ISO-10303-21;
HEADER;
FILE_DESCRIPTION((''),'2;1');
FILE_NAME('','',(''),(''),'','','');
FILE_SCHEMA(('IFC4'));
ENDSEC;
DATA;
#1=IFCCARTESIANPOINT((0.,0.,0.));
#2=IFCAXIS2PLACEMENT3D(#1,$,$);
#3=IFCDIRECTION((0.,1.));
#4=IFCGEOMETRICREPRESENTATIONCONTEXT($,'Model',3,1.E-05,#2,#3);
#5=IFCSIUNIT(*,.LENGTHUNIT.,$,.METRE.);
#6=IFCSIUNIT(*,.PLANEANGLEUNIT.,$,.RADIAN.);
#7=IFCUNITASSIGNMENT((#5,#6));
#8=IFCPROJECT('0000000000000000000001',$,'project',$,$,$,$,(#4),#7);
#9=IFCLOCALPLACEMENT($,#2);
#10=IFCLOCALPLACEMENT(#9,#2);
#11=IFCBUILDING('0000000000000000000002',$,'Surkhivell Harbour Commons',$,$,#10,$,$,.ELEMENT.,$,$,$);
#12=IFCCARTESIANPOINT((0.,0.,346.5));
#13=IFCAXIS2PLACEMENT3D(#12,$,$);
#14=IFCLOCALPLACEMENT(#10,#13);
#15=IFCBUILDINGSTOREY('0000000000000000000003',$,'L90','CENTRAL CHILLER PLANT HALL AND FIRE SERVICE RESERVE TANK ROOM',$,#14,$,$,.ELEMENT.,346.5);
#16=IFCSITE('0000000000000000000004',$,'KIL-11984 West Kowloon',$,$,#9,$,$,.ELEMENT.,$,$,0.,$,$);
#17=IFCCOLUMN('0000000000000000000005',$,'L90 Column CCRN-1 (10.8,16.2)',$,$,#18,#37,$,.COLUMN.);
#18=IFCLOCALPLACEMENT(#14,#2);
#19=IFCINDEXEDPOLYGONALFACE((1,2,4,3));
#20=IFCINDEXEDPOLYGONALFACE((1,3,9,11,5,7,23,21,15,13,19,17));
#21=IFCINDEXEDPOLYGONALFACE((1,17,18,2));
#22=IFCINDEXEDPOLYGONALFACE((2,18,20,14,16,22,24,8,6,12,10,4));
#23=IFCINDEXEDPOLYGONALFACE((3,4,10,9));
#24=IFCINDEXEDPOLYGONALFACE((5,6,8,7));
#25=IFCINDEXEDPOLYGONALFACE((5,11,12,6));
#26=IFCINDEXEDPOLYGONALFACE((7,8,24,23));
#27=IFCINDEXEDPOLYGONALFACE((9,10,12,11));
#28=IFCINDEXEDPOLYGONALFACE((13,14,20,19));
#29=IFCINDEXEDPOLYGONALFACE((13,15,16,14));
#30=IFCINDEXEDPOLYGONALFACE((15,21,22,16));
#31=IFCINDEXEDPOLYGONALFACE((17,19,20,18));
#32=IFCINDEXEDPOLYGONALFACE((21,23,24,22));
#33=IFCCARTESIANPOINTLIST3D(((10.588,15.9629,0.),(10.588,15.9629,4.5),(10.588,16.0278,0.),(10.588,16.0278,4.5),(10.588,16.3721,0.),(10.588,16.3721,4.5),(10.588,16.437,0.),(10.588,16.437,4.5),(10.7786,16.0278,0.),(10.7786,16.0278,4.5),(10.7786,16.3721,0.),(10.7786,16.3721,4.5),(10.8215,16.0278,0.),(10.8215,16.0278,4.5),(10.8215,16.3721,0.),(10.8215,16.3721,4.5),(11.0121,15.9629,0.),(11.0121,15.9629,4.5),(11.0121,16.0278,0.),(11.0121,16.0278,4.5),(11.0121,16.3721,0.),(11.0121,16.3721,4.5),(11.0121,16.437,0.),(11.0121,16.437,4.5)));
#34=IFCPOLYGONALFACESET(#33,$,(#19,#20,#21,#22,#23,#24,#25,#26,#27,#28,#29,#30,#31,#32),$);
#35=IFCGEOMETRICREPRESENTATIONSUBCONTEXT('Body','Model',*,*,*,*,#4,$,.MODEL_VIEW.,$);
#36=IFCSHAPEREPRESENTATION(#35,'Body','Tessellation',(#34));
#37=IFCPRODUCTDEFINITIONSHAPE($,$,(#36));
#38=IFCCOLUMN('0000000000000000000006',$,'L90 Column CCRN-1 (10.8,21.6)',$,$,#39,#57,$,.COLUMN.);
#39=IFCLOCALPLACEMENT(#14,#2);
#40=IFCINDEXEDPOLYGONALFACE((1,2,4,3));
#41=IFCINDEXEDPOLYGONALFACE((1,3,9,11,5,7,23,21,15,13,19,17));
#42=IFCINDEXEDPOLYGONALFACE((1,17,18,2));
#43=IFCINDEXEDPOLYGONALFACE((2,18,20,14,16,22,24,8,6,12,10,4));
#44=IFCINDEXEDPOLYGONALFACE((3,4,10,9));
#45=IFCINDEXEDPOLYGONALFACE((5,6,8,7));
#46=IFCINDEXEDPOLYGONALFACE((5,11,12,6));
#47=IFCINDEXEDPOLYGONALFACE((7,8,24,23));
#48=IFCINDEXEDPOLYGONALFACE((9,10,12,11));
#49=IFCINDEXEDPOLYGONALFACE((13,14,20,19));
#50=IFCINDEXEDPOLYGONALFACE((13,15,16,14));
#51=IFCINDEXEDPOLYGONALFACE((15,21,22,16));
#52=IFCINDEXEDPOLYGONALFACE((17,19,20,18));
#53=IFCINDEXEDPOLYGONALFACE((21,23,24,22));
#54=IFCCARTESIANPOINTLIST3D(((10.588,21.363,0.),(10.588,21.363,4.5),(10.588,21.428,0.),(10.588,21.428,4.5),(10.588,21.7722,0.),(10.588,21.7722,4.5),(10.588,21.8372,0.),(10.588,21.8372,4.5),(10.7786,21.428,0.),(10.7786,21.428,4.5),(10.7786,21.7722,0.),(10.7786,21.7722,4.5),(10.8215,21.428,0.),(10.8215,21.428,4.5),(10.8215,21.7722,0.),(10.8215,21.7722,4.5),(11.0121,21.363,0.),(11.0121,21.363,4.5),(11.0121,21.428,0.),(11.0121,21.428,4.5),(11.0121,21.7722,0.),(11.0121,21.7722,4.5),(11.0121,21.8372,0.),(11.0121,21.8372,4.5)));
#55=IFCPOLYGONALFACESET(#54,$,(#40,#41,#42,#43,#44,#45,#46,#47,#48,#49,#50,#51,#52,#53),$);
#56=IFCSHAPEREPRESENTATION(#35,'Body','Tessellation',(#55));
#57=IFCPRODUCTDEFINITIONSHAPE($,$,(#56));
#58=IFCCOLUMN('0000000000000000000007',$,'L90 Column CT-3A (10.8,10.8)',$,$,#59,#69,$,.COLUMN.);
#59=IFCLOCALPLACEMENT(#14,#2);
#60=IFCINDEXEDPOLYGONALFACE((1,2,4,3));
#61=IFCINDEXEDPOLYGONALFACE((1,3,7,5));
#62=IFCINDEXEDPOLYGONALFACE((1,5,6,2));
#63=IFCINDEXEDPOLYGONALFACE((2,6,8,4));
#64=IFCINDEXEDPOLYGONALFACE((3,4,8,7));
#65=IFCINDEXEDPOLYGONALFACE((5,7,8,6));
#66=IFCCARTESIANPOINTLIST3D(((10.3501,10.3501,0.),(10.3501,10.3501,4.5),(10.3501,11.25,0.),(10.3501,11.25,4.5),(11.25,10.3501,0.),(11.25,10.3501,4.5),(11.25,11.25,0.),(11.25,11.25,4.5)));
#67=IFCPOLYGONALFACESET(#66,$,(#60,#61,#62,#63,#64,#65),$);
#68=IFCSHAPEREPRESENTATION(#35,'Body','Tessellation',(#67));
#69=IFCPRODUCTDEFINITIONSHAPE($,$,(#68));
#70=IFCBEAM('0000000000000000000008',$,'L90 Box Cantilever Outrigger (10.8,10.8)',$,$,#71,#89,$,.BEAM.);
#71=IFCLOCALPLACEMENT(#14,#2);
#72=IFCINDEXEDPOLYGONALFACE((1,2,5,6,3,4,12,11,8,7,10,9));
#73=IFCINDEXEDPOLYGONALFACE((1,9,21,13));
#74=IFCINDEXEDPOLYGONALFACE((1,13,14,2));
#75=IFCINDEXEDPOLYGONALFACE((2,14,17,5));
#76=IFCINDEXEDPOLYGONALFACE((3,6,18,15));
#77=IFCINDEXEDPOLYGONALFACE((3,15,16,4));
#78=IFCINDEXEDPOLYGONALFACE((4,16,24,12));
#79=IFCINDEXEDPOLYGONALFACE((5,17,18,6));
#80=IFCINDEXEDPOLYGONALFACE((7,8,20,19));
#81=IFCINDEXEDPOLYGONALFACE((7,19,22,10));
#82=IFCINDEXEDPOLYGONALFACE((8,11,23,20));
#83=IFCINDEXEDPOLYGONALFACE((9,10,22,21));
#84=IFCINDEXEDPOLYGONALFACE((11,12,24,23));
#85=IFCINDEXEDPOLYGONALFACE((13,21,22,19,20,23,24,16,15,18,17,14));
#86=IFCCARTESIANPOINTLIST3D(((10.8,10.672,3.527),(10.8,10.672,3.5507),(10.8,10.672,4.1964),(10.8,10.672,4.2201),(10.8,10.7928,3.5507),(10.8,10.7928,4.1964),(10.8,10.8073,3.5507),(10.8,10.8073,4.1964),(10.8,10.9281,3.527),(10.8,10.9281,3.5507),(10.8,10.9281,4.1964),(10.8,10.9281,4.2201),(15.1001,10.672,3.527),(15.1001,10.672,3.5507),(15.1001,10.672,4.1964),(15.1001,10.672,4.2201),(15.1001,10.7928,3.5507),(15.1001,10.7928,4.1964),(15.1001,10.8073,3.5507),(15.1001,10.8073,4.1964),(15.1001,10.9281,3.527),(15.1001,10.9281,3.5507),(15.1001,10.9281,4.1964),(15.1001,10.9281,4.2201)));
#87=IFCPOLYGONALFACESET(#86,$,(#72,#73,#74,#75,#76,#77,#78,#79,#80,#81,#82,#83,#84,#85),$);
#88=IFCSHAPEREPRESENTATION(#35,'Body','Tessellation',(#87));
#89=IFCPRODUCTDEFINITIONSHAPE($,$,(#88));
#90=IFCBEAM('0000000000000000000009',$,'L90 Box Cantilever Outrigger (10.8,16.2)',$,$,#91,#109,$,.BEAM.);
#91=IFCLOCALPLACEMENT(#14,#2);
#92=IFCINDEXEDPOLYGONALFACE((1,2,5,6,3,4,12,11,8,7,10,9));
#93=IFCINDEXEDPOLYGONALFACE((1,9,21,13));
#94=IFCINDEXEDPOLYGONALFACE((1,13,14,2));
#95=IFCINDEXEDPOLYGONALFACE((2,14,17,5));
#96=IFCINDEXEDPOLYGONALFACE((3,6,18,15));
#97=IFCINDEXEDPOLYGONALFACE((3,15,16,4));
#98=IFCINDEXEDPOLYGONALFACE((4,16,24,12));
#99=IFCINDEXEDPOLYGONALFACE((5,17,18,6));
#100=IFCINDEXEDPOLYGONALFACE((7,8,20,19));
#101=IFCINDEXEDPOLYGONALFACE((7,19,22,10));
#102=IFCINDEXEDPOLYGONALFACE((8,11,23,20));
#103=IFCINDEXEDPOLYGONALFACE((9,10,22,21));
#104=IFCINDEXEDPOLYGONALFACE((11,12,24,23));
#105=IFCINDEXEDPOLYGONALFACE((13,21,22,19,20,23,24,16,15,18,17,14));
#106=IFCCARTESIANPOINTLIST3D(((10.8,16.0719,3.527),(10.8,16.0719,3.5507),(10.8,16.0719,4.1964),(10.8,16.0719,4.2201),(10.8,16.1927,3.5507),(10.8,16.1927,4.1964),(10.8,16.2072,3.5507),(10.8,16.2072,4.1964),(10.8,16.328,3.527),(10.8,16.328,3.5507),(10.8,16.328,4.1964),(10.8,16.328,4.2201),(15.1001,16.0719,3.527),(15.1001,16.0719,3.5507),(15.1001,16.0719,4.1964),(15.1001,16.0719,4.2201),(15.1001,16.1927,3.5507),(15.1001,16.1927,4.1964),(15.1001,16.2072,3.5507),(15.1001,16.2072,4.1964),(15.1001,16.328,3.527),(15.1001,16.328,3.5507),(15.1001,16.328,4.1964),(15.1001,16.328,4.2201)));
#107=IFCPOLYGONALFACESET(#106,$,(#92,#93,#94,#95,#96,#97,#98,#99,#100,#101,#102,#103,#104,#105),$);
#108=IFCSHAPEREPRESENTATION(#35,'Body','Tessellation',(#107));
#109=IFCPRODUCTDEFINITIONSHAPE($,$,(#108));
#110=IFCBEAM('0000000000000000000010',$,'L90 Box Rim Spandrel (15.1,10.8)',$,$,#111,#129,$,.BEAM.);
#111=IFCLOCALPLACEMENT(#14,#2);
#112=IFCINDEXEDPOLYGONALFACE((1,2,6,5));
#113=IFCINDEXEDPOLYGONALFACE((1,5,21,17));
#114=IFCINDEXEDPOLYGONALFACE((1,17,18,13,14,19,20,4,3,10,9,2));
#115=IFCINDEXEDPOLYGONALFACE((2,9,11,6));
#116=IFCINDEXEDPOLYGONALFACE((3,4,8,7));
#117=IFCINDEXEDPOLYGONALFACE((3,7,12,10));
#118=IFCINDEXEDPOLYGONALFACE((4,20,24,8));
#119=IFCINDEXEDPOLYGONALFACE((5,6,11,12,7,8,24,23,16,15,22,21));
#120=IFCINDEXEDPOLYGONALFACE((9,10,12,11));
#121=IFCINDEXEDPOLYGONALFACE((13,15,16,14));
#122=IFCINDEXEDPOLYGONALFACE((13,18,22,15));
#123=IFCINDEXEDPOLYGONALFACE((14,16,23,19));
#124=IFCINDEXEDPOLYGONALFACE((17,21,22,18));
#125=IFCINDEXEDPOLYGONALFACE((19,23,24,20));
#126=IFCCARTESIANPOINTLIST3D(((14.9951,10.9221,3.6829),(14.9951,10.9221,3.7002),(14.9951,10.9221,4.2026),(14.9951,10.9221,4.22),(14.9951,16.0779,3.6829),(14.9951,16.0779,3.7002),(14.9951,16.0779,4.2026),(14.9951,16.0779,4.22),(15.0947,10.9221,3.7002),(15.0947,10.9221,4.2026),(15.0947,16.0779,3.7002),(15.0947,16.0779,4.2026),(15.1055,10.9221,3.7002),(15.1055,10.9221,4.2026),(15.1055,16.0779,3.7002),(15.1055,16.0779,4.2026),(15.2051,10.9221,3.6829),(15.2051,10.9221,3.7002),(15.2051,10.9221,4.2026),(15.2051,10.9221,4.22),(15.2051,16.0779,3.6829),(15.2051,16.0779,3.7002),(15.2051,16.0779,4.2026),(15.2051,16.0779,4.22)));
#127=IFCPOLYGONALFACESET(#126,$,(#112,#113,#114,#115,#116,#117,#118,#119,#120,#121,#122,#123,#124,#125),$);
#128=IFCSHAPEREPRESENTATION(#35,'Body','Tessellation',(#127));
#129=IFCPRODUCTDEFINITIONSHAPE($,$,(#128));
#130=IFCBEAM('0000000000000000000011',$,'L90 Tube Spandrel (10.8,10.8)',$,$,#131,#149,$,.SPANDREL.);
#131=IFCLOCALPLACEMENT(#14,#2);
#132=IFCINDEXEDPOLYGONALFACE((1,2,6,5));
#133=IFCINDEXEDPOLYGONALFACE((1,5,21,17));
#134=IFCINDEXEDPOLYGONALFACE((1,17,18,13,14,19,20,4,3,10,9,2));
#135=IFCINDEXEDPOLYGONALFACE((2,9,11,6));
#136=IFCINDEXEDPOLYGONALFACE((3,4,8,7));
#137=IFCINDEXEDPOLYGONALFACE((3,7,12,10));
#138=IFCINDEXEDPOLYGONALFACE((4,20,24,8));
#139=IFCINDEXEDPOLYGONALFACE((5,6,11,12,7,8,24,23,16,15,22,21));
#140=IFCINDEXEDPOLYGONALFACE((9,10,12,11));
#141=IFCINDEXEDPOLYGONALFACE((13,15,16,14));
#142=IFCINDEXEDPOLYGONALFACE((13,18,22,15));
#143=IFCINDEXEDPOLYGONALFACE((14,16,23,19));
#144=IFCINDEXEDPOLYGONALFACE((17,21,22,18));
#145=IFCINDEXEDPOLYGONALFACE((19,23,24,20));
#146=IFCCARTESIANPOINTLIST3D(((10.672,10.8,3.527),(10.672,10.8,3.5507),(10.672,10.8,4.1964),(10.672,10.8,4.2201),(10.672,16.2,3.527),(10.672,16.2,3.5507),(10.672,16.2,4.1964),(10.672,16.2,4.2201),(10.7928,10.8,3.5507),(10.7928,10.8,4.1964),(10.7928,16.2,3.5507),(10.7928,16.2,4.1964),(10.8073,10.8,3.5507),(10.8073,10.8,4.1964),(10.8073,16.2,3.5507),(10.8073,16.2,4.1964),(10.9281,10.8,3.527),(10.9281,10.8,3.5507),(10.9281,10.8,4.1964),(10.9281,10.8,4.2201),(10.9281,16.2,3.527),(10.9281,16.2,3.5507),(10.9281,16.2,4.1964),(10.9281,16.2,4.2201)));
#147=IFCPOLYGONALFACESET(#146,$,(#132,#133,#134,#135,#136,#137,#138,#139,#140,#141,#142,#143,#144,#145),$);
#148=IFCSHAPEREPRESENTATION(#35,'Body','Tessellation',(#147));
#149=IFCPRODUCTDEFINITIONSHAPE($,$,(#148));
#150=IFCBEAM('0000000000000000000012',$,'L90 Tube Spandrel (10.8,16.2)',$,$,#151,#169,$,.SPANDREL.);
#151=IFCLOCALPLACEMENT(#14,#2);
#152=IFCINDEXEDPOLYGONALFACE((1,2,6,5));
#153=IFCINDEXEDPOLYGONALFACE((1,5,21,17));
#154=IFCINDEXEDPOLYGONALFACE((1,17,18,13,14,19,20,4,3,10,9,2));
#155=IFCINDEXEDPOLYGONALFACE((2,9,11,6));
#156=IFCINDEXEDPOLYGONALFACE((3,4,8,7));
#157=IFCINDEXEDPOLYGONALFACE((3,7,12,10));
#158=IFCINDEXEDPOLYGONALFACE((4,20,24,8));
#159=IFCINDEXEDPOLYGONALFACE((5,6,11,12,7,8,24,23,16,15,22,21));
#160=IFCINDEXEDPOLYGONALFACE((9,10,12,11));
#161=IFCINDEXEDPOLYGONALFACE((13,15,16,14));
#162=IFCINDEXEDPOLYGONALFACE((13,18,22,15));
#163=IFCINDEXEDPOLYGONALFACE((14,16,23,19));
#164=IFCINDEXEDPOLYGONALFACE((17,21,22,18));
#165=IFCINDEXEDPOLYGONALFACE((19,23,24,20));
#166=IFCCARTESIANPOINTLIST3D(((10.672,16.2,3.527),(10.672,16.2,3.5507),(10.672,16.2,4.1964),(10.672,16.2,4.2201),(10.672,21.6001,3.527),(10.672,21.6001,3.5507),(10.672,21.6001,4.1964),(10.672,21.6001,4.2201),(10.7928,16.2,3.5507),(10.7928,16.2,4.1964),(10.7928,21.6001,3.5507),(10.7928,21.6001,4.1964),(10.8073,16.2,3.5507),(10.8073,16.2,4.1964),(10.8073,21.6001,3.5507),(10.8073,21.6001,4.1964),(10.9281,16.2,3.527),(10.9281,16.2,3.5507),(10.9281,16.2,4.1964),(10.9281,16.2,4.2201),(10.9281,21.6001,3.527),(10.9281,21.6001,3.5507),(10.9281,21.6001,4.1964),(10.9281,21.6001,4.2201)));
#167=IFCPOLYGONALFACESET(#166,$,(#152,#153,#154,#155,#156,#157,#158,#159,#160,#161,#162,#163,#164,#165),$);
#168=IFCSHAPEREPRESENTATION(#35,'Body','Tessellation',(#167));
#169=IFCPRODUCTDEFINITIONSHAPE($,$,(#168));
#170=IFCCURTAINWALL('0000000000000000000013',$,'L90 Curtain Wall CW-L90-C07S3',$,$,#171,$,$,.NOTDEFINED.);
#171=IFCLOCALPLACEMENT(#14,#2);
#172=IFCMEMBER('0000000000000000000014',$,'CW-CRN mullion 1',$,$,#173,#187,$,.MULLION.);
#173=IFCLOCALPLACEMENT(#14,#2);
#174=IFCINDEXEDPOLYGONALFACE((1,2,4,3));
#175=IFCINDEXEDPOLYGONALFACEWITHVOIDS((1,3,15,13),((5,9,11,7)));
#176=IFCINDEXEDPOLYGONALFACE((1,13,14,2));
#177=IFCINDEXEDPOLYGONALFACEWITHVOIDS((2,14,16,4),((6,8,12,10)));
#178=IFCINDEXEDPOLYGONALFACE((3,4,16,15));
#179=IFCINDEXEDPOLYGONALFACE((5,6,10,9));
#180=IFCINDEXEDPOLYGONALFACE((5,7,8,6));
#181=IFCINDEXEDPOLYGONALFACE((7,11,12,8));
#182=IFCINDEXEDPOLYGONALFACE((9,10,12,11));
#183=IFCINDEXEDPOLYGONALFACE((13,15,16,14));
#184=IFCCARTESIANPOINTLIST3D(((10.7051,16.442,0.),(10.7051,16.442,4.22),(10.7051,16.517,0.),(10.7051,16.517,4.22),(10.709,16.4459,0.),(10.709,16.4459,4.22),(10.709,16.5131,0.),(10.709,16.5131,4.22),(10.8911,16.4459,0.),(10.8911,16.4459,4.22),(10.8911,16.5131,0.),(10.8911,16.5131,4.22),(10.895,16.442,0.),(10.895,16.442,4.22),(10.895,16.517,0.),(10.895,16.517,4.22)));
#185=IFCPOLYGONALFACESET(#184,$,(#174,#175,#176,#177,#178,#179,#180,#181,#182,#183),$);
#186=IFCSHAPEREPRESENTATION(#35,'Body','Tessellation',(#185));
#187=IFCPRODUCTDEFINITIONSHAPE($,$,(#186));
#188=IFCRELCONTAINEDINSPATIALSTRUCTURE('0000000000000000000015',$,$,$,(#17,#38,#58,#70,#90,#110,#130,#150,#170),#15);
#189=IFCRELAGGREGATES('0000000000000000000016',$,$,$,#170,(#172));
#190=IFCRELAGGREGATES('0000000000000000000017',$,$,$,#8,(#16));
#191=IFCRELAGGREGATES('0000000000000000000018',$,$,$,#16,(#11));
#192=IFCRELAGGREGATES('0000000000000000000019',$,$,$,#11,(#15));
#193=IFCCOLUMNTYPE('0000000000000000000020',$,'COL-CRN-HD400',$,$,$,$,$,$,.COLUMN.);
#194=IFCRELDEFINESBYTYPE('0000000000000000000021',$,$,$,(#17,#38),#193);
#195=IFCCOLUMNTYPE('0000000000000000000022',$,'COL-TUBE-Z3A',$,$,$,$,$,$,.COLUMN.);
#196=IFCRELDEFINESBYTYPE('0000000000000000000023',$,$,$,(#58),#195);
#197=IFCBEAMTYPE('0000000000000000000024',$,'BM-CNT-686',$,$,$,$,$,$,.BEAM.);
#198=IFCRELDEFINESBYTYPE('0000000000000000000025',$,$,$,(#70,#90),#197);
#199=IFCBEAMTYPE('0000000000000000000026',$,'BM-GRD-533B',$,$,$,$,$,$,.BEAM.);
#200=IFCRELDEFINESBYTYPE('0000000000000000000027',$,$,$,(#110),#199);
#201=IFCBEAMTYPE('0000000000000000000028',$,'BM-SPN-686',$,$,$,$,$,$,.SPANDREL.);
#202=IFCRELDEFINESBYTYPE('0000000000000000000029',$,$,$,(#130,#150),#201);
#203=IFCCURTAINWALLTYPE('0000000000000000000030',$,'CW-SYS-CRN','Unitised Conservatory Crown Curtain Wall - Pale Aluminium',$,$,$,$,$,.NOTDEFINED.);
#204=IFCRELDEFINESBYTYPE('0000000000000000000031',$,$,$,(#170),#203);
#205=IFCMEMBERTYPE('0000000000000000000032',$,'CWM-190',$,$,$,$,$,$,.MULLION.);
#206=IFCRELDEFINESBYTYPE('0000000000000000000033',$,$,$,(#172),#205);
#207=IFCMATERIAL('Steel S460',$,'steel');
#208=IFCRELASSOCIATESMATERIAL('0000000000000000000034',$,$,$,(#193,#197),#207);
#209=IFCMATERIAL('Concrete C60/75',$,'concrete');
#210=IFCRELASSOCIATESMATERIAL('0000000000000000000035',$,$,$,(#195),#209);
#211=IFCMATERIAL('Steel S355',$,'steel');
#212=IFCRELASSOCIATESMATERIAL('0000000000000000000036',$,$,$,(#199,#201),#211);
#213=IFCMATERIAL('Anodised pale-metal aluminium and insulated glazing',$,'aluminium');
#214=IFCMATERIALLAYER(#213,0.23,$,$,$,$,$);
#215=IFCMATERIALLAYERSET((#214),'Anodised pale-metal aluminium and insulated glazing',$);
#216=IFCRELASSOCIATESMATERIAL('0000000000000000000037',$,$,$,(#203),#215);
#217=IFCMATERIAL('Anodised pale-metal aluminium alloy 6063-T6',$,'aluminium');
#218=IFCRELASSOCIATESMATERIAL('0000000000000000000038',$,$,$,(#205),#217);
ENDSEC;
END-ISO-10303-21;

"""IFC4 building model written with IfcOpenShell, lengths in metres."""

from ifc_helpers import new_model, si_unit, direction, frame, origin, origin_2d, place, context, subcontext, project, spatial, rectangle, hollow_rectangle, i_section, extrude, material, layer, layer_set, material_profile, profile_set, type_object, element, aggregate, save


model = new_model("IFC4")

# Units and contexts
model_context = context("Model", 3, precision=1e-05, world=origin(), true_north=direction((0.0, 1.0)))
body_context = subcontext(model_context, "Body", "Model", "MODEL_VIEW")
ifc_project = project(units=[si_unit("LENGTHUNIT", "METRE"), si_unit("PLANEANGLEUNIT", "RADIAN")], contexts=[model_context])

# Site, building, storey
site_placement = place(None, origin())
site = spatial("IfcSite", under=ifc_project, at=site_placement, Name="KIL-11984 West Kowloon", CompositionType="ELEMENT", RefElevation=0.0)
building_placement = place(site_placement, origin())
building = spatial("IfcBuilding", under=site, at=building_placement, Name="Surkhivell Harbour Commons", CompositionType="ELEMENT")
storey_placement = place(building_placement, frame((0.0, 0.0, 346.5)))
storey = spatial("IfcBuildingStorey", under=building, at=storey_placement, Name="L90", Description="CENTRAL CHILLER PLANT HALL AND FIRE SERVICE RESERVE TANK ROOM", CompositionType="ELEMENT", Elevation=346.5)

# Columns
ifc_material_1 = material(Name="Steel S460", Category="steel")
ifc_material_profile_1 = material_profile(ifc_material_1, i_section(OverallWidth=0.4241, OverallDepth=0.4741, WebThickness=0.043, FlangeThickness=0.0649, at=origin_2d()), Name="HD400x634")
ifc_profile_set_1 = profile_set([ifc_material_profile_1], Name="Steel S460")
column_type_1 = type_object("IfcColumnType", Name="COL-CRN-HD400", PredefinedType="COLUMN", material=ifc_profile_set_1)
for number, where, z_axis, x_axis, name in (
    (1, (10.8, 16.2, 0.0), (0.0, 0.0, 1.0), (1.0, 0.0, 0.0), "L90 Column CCRN-1 (10.8,16.2)"),
    (2, (10.8, 21.6001, 0.0), (0.0, 0.0, 1.0), (1.0, 0.0, 0.0), "L90 Column CCRN-1 (10.8,21.6)"),
):
    element("IfcColumn", number, at=place(storey_placement, frame(where, z_axis=z_axis, x_axis=x_axis)), inside=storey, type_object=column_type_1, Name=name, PredefinedType="COLUMN", context=body_context, shape_type="SweptSolid", body=[
        extrude(i_section(OverallWidth=0.4241, OverallDepth=0.4741, WebThickness=0.043, FlangeThickness=0.0649, at=origin_2d()), origin(), (0.0, 0.0, 1.0), 4.5),
    ])
ifc_material_2 = material(Name="Concrete C60/75", Category="concrete")
ifc_material_profile_2 = material_profile(ifc_material_2, rectangle(XDim=0.8999, YDim=0.8999, at=origin_2d()), Name="RC-COL-900x900")
ifc_profile_set_2 = profile_set([ifc_material_profile_2], Name="Concrete C60/75")
column_type_2 = type_object("IfcColumnType", Name="COL-TUBE-Z3A", PredefinedType="COLUMN", material=ifc_profile_set_2)
column_placement = place(storey_placement, frame((10.8, 10.8, 0.0), z_axis=(0.0, 0.0, 1.0), x_axis=(1.0, 0.0, 0.0)))
element("IfcColumn", 3, at=column_placement, inside=storey, type_object=column_type_2, Name="L90 Column CT-3A (10.8,10.8)", PredefinedType="COLUMN", context=body_context, shape_type="SweptSolid", body=[
    extrude(rectangle(XDim=0.8999, YDim=0.8999, at=origin_2d()), origin(), (0.0, 0.0, 1.0), 4.5),
])

# Beams
ifc_material_profile_3 = material_profile(ifc_material_1, i_section(OverallWidth=0.2561, OverallDepth=0.6931, WebThickness=0.0144, FlangeThickness=0.0237, at=origin_2d()), Name="UB686x254x170")
ifc_profile_set_3 = profile_set([ifc_material_profile_3], Name="Steel S460")
beam_type_1 = type_object("IfcBeamType", Name="BM-CNT-686", PredefinedType="BEAM", material=ifc_profile_set_3)
for number, where, z_axis, x_axis, name in (
    (4, (10.8, 10.8, 3.8735), (1.0, 0.0, 0.0), (0.0, 1.0, 0.0), "L90 Box Cantilever Outrigger (10.8,10.8)"),
    (5, (10.8, 16.2, 3.8735), (1.0, 0.0, 0.0), (0.0, 1.0, 0.0), "L90 Box Cantilever Outrigger (10.8,16.2)"),
):
    element("IfcBeam", number, at=place(storey_placement, frame(where, z_axis=z_axis, x_axis=x_axis)), inside=storey, type_object=beam_type_1, Name=name, PredefinedType="BEAM", context=body_context, shape_type="SweptSolid", body=[
        extrude(i_section(OverallWidth=0.2561, OverallDepth=0.6931, WebThickness=0.0144, FlangeThickness=0.0237, at=origin_2d()), origin(), (0.0, 0.0, 1.0), 4.3),
    ])
ifc_material_3 = material(Name="Steel S355", Category="steel")
ifc_material_profile_4 = material_profile(ifc_material_3, i_section(OverallWidth=0.21, OverallDepth=0.5371, WebThickness=0.0107, FlangeThickness=0.0173, at=origin_2d()), Name="UB533x210x101")
ifc_profile_set_4 = profile_set([ifc_material_profile_4], Name="Steel S355")
beam_type_2 = type_object("IfcBeamType", Name="BM-GRD-533B", PredefinedType="BEAM", material=ifc_profile_set_4)
beam_1_placement = place(storey_placement, frame((15.1001, 10.9221, 3.9514), z_axis=(0.0, 1.0, 0.0), x_axis=(-1.0, 0.0, 0.0)))
element("IfcBeam", 6, at=beam_1_placement, inside=storey, type_object=beam_type_2, Name="L90 Box Rim Spandrel (15.1,10.8)", PredefinedType="BEAM", context=body_context, shape_type="SweptSolid", body=[
    extrude(i_section(OverallWidth=0.21, OverallDepth=0.5371, WebThickness=0.0107, FlangeThickness=0.0173, at=origin_2d()), origin(), (0.0, 0.0, 1.0), 5.1558),
])
ifc_material_profile_5 = material_profile(ifc_material_3, i_section(OverallWidth=0.2561, OverallDepth=0.6931, WebThickness=0.0144, FlangeThickness=0.0237, at=origin_2d()), Name="UB686x254x170")
ifc_profile_set_5 = profile_set([ifc_material_profile_5], Name="Steel S355")
beam_type_3 = type_object("IfcBeamType", Name="BM-SPN-686", PredefinedType="SPANDREL", material=ifc_profile_set_5)
beam_2_placement = place(storey_placement, frame((10.8, 10.8, 3.8735), z_axis=(0.0, 1.0, 0.0), x_axis=(-1.0, 0.0, 0.0)))
element("IfcBeam", 7, at=beam_2_placement, inside=storey, type_object=beam_type_3, Name="L90 Tube Spandrel (10.8,10.8)", PredefinedType="SPANDREL", context=body_context, shape_type="SweptSolid", body=[
    extrude(i_section(OverallWidth=0.2561, OverallDepth=0.6931, WebThickness=0.0144, FlangeThickness=0.0237, at=origin_2d()), origin(), (0.0, 0.0, 1.0), 5.3999),
])
beam_3_placement = place(storey_placement, frame((10.8, 16.2, 3.8735), z_axis=(0.0, 1.0, 0.0), x_axis=(-1.0, 0.0, 0.0)))
element("IfcBeam", 8, at=beam_3_placement, inside=storey, type_object=beam_type_3, Name="L90 Tube Spandrel (10.8,16.2)", PredefinedType="SPANDREL", context=body_context, shape_type="SweptSolid", body=[
    extrude(i_section(OverallWidth=0.2561, OverallDepth=0.6931, WebThickness=0.0144, FlangeThickness=0.0237, at=origin_2d()), origin(), (0.0, 0.0, 1.0), 5.4001),
])

# Curtain wall, member
ifc_material_4 = material(Name="Anodised pale-metal aluminium and insulated glazing", Category="aluminium")
ifc_layer_1 = layer(ifc_material_4, 0.23)
ifc_layer_set_1 = layer_set([ifc_layer_1], Name="Anodised pale-metal aluminium and insulated glazing")
curtain_wall_type = type_object("IfcCurtainWallType", Name="CW-SYS-CRN", Description="Unitised Conservatory Crown Curtain Wall - Pale Aluminium", PredefinedType="NOTDEFINED", material=ifc_layer_set_1)
curtain_wall_1_placement = place(storey_placement, origin())
curtain_wall_1 = element("IfcCurtainWall", 9, at=curtain_wall_1_placement, inside=storey, type_object=curtain_wall_type, Name="L90 Curtain Wall CW-L90-C07S3", PredefinedType="NOTDEFINED")
ifc_material_5 = material(Name="Anodised pale-metal aluminium alloy 6063-T6", Category="aluminium")
ifc_material_profile_6 = material_profile(ifc_material_5, hollow_rectangle(XDim=0.075, YDim=0.1899, WallThickness=0.0039, at=origin_2d()), Name="ALU-MULL-75x190")
ifc_profile_set_6 = profile_set([ifc_material_profile_6], Name="Anodised pale-metal aluminium alloy 6063-T6")
member_type_1 = type_object("IfcMemberType", Name="CWM-190", PredefinedType="MULLION", material=ifc_profile_set_6)
member_1_placement = place(storey_placement, frame((10.8, 16.4795, 0.0), z_axis=(0.0, 0.0, 1.0), x_axis=(0.0, 1.0, 0.0)))
member_1 = element("IfcMember", 10, at=member_1_placement, type_object=member_type_1, Name="CW-CRN mullion 1", PredefinedType="MULLION", context=body_context, shape_type="SweptSolid", body=[
    extrude(hollow_rectangle(XDim=0.075, YDim=0.1899, WallThickness=0.0039, at=origin_2d()), origin(), (0.0, 0.0, 1.0), 4.22),
])

aggregate(curtain_wall_1, [member_1])

save(model, "model.ifc")
